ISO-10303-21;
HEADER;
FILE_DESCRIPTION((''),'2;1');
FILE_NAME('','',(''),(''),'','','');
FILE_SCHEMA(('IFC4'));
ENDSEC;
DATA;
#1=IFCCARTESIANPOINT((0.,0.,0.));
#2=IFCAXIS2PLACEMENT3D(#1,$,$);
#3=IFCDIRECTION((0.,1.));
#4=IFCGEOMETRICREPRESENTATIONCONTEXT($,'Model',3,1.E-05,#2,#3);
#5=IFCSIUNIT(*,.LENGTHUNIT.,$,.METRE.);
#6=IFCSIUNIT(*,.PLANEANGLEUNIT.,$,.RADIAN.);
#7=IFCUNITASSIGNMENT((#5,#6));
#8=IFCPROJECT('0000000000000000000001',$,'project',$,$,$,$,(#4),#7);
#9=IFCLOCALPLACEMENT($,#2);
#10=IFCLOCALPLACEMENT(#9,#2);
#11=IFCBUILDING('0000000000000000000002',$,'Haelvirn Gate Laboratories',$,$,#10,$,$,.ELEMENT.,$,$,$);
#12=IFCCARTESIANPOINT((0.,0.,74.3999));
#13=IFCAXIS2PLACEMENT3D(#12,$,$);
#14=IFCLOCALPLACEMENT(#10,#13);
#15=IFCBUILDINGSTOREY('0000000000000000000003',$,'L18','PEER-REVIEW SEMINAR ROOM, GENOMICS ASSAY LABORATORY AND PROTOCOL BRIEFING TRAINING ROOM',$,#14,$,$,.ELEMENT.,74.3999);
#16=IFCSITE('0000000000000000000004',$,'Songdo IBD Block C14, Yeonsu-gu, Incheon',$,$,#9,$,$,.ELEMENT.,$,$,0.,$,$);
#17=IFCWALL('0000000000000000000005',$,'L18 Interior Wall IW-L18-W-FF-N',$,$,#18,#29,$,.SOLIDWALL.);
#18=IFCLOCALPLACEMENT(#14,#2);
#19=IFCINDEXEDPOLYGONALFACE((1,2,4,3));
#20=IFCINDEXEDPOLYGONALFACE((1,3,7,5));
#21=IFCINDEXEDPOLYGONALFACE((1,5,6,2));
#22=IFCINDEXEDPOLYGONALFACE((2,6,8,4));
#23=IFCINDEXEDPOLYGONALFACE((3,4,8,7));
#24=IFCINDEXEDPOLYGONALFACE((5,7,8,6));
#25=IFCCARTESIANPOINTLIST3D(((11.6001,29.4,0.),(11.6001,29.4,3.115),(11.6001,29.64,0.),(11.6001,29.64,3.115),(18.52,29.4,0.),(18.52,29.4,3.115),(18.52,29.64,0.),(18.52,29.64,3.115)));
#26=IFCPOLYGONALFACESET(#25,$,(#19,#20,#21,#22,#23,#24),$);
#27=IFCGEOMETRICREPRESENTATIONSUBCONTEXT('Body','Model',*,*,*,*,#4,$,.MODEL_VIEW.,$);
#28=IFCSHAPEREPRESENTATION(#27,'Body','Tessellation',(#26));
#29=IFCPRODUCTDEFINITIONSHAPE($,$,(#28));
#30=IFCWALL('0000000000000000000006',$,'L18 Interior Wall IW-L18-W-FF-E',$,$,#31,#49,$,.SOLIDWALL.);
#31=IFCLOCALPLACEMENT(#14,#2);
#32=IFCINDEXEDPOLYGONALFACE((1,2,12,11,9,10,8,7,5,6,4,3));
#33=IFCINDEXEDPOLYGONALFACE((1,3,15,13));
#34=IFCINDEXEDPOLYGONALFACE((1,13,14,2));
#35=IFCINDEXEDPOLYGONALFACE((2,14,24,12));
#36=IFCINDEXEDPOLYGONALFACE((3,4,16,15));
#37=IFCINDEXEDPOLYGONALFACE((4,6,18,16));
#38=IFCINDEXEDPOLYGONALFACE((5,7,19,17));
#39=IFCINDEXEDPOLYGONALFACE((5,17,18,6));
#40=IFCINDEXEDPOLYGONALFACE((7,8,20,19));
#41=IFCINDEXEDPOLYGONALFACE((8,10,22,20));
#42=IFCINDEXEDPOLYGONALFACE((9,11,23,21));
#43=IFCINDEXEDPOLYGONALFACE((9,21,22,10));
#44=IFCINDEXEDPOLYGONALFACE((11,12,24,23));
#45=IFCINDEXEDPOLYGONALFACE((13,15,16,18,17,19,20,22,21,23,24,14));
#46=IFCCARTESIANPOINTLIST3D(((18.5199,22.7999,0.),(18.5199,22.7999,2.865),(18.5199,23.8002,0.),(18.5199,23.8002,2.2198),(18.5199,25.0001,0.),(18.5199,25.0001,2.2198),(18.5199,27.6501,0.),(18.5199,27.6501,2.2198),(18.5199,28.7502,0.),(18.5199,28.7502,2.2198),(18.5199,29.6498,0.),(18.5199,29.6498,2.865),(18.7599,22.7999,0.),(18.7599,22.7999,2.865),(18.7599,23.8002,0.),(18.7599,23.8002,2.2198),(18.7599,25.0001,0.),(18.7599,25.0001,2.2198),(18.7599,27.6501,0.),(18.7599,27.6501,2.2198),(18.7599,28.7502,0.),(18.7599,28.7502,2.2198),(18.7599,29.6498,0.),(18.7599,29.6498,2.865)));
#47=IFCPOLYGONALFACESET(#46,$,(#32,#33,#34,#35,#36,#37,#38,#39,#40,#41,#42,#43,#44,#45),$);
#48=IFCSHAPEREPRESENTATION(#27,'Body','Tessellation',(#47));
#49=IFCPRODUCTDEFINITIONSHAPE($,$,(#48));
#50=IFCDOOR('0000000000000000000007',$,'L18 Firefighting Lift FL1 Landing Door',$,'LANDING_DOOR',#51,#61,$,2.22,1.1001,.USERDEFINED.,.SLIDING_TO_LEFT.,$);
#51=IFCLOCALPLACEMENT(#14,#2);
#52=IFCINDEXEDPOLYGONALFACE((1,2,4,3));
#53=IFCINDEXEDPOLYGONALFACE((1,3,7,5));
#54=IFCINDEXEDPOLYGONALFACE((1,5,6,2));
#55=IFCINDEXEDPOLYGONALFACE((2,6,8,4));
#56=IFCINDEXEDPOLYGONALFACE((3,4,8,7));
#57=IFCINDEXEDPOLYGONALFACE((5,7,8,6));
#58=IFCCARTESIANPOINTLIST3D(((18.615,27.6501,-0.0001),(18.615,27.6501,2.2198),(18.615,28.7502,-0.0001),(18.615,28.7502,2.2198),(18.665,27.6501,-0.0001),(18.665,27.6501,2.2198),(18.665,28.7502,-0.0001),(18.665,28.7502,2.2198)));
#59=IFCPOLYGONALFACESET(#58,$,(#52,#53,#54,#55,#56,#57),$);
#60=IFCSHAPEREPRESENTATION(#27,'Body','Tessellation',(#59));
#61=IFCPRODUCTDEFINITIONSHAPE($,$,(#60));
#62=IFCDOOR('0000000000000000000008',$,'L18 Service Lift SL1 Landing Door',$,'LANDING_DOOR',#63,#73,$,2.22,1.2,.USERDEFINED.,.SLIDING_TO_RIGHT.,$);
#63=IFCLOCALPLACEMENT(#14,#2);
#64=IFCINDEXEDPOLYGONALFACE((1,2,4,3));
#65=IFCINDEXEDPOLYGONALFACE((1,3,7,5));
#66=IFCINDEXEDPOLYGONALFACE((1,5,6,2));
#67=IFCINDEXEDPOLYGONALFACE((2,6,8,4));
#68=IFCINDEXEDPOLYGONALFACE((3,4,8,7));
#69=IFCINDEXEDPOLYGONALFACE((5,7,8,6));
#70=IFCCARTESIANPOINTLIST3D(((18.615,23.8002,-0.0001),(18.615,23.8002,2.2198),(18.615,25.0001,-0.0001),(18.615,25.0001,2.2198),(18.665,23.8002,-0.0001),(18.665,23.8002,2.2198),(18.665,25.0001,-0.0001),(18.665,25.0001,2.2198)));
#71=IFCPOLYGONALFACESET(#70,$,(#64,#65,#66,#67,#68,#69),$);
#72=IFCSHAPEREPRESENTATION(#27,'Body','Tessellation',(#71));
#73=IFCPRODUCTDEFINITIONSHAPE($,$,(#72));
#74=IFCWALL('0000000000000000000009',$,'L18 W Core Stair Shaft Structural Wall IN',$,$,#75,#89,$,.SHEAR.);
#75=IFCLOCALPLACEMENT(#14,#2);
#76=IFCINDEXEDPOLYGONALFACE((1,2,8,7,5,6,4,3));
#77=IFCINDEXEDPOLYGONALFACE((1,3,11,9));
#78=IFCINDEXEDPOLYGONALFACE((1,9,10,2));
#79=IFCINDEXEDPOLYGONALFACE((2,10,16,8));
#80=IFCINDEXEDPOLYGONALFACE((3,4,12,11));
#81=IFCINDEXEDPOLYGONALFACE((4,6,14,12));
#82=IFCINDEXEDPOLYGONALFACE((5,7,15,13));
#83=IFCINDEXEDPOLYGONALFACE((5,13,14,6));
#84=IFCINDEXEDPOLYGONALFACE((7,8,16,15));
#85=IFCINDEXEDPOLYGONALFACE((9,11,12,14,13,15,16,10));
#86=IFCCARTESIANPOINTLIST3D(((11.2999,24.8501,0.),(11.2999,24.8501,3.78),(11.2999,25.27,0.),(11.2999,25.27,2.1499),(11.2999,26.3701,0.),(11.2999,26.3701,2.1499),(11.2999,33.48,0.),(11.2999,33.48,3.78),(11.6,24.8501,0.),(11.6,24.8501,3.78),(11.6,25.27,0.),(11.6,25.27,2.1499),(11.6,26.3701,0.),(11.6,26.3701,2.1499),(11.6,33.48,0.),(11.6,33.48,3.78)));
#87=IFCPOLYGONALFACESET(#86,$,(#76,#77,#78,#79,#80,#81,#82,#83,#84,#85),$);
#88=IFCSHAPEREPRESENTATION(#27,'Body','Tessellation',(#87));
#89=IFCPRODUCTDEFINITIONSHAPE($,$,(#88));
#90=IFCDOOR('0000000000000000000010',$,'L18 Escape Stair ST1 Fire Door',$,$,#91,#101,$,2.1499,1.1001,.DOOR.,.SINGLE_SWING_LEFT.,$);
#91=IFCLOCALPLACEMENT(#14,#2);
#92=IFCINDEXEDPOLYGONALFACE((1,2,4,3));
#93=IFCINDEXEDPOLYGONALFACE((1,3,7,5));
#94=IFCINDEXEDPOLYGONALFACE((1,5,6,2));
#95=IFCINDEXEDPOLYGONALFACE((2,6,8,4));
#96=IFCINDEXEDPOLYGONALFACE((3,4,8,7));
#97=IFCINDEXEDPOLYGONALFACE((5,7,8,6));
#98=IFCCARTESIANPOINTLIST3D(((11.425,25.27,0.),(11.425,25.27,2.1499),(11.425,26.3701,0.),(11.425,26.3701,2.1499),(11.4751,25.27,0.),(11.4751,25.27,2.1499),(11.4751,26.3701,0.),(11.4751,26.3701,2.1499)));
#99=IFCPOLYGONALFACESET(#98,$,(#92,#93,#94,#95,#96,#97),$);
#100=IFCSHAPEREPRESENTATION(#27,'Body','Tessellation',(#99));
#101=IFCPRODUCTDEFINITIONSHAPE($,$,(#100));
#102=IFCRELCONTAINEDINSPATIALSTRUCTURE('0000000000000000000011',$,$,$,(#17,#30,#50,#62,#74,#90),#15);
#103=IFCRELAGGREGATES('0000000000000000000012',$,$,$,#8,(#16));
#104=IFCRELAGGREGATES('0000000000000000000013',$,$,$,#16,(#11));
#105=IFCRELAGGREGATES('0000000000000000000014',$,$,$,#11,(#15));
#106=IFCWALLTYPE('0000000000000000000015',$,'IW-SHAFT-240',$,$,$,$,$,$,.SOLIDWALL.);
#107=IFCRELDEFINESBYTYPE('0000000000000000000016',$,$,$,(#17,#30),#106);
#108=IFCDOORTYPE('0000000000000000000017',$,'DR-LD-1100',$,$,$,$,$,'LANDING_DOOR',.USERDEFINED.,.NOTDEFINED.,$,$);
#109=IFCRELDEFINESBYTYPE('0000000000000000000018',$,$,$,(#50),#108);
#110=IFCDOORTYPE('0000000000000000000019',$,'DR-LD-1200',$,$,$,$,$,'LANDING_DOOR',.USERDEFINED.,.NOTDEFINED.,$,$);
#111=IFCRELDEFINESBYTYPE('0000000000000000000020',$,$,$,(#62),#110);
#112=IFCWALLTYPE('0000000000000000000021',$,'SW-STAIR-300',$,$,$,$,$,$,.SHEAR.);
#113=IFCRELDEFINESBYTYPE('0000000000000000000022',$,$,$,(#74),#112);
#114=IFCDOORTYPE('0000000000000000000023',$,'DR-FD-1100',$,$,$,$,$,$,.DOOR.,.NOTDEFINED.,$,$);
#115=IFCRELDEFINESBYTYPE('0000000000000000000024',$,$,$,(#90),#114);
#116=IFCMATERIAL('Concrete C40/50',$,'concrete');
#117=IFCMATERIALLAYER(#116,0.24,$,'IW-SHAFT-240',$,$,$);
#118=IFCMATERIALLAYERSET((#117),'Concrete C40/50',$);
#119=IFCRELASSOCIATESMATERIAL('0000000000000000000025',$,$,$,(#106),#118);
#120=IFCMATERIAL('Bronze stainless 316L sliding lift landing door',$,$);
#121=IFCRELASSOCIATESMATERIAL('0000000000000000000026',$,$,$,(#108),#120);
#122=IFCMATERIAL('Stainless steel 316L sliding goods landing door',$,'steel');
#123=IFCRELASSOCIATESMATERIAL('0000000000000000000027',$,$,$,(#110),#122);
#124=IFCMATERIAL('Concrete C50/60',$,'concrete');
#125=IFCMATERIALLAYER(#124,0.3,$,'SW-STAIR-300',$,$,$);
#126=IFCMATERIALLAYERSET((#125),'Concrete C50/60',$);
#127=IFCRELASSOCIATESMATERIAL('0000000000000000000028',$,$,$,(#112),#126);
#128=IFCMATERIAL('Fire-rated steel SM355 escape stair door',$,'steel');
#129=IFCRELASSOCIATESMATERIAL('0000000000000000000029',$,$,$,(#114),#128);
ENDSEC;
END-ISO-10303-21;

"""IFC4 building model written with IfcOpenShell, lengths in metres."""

from ifc_helpers import new_model, si_unit, direction, frame, frame_2d, origin, place, context, subcontext, project, spatial, rectangle, extrude, source, transform, mapped, material, layer, layer_set, type_object, type_shapes, element, fill, save


model = new_model("IFC4")

# Units and contexts
model_context = context("Model", 3, precision=1e-05, world=origin(), true_north=direction((0.0, 1.0)))
body_context = subcontext(model_context, "Body", "Model", "MODEL_VIEW")
ifc_project = project(units=[si_unit("LENGTHUNIT", "METRE"), si_unit("PLANEANGLEUNIT", "RADIAN")], contexts=[model_context])

# Site, building, storey
site_placement = place(None, origin())
site = spatial("IfcSite", under=ifc_project, at=site_placement, Name="Songdo IBD Block C14, Yeonsu-gu, Incheon", CompositionType="ELEMENT", RefElevation=0.0)
building_placement = place(site_placement, origin())
building = spatial("IfcBuilding", under=site, at=building_placement, Name="Haelvirn Gate Laboratories", CompositionType="ELEMENT")
storey_placement = place(building_placement, frame((0.0, 0.0, 74.3999)))
storey = spatial("IfcBuildingStorey", under=building, at=storey_placement, Name="L18", Description="PEER-REVIEW SEMINAR ROOM, GENOMICS ASSAY LABORATORY AND PROTOCOL BRIEFING TRAINING ROOM", CompositionType="ELEMENT", Elevation=74.3999)

# Shared definitions
ifc_material_1 = material(Name="Concrete C40/50", Category="concrete")

# Shared definitions
ifc_layer_1 = layer(ifc_material_1, 0.24, Name="IW-SHAFT-240")
ifc_layer_set_1 = layer_set([ifc_layer_1], Name="Concrete C40/50")
wall_type_1 = type_object("IfcWallType", Name="IW-SHAFT-240", PredefinedType="SOLIDWALL", material=ifc_layer_set_1)

# Wall
wall_1_placement = place(storey_placement, frame((11.6001, 29.52, 0.0), z_axis=(0.0, 0.0, 1.0), x_axis=(1.0, 0.0, 0.0)))
element("IfcWall", 1, at=wall_1_placement, inside=storey, type_object=wall_type_1, Name="L18 Interior Wall IW-L18-W-FF-N", PredefinedType="SOLIDWALL", context=body_context, shape_type="SweptSolid", body=[
    extrude(rectangle(XDim=6.9199, YDim=0.24, at=frame_2d((3.46, 0.0))), origin(), (0.0, 0.0, 1.0), 3.115),
])

# Wall, openings, doors
wall_2_placement = place(storey_placement, frame((18.6399, 22.8, 0.0), z_axis=(0.0, 0.0, 1.0), x_axis=(0.0, 1.0, 0.0)))
wall_2 = element("IfcWall", 2, at=wall_2_placement, inside=storey, type_object=wall_type_1, Name="L18 Interior Wall IW-L18-W-FF-E", PredefinedType="SOLIDWALL", context=body_context, shape_type="SweptSolid", body=[
    extrude(rectangle(XDim=6.8499, YDim=0.24, at=frame_2d((3.4248, 0.0))), origin(), (0.0, 0.0, 1.0), 2.865),
])
opening_1_placement = place(wall_2_placement, frame((4.8501, 0.0, 0.0)))
opening_1 = element("IfcOpeningElement", 3, at=opening_1_placement, cuts=wall_2, PredefinedType="OPENING", context=body_context, shape_type="SweptSolid", body=[
    extrude(rectangle(XDim=1.1001, YDim=2.22, at=frame_2d((0.55, 1.1099))), frame((0.0, 0.1299, 0.0), z_axis=(0.0, -1.0, 0.0), x_axis=(1.0, 0.0, 0.0)), (0.0, 0.0, 1.0), 0.26),
])
opening_2_placement = place(wall_2_placement, frame((1.0, 0.0, 0.0)))
opening_2 = element("IfcOpeningElement", 4, at=opening_2_placement, cuts=wall_2, PredefinedType="OPENING", context=body_context, shape_type="SweptSolid", body=[
    extrude(rectangle(XDim=1.2, YDim=2.22, at=frame_2d((0.6001, 1.1099))), frame((0.0, 0.1299, 0.0), z_axis=(0.0, -1.0, 0.0), x_axis=(1.0, 0.0, 0.0)), (0.0, 0.0, 1.0), 0.26),
])
ifc_material_2 = material(Name="Bronze stainless 316L sliding lift landing door")
door_type_1 = type_object("IfcDoorType", Name="DR-LD-1100", ElementType="LANDING_DOOR", OperationType="NOTDEFINED", PredefinedType="USERDEFINED", material=ifc_material_2)
shared_shape_1 = source(origin(), body_context, "Body", "SweptSolid", [
    extrude(rectangle(XDim=1.1001, YDim=2.22, at=frame_2d((0.55, 1.1099))), frame((0.0, 0.0249, 0.0), z_axis=(0.0, -1.0, 0.0), x_axis=(1.0, 0.0, 0.0)), (0.0, 0.0, 1.0), 0.05),
])
type_shapes(door_type_1, [shared_shape_1])
door_1_placement = place(opening_1_placement, origin())
door_1 = element("IfcDoor", 5, at=door_1_placement, inside=storey, type_object=door_type_1, Name="L18 Firefighting Lift FL1 Landing Door", ObjectType="LANDING_DOOR", OperationType="SLIDING_TO_LEFT", OverallHeight=2.22, OverallWidth=1.1001, PredefinedType="USERDEFINED", context=body_context, shape_type="MappedRepresentation", body=[
    mapped(shared_shape_1, transform((0.0, 0.0, 0.0), scale=1.0)),
])
fill(opening_1, door_1)
ifc_material_3 = material(Name="Stainless steel 316L sliding goods landing door", Category="steel")
door_type_2 = type_object("IfcDoorType", Name="DR-LD-1200", ElementType="LANDING_DOOR", OperationType="NOTDEFINED", PredefinedType="USERDEFINED", material=ifc_material_3)
shared_shape_2 = source(origin(), body_context, "Body", "SweptSolid", [
    extrude(rectangle(XDim=1.2, YDim=2.22, at=frame_2d((0.6001, 1.1099))), frame((0.0, 0.0249, 0.0), z_axis=(0.0, -1.0, 0.0), x_axis=(1.0, 0.0, 0.0)), (0.0, 0.0, 1.0), 0.05),
])
type_shapes(door_type_2, [shared_shape_2])
door_2_placement = place(opening_2_placement, origin())
door_2 = element("IfcDoor", 6, at=door_2_placement, inside=storey, type_object=door_type_2, Name="L18 Service Lift SL1 Landing Door", ObjectType="LANDING_DOOR", OperationType="SLIDING_TO_RIGHT", OverallHeight=2.22, OverallWidth=1.2, PredefinedType="USERDEFINED", context=body_context, shape_type="MappedRepresentation", body=[
    mapped(shared_shape_2, transform((0.0, 0.0, 0.0), scale=1.0)),
])
fill(opening_2, door_2)

# Wall, opening, door
ifc_material_4 = material(Name="Concrete C50/60", Category="concrete")
ifc_layer_2 = layer(ifc_material_4, 0.3, Name="SW-STAIR-300")
ifc_layer_set_2 = layer_set([ifc_layer_2], Name="Concrete C50/60")
wall_type_2 = type_object("IfcWallType", Name="SW-STAIR-300", PredefinedType="SHEAR", material=ifc_layer_set_2)
wall_3_placement = place(storey_placement, frame((11.45, 24.8501, 0.0), z_axis=(0.0, 0.0, 1.0), x_axis=(0.0, 1.0, 0.0)))
wall_3 = element("IfcWall", 7, at=wall_3_placement, inside=storey, type_object=wall_type_2, Name="L18 W Core Stair Shaft Structural Wall IN", PredefinedType="SHEAR", context=body_context, shape_type="SweptSolid", body=[
    extrude(rectangle(XDim=8.6299, YDim=0.3, at=frame_2d((4.3149, 0.0))), origin(), (0.0, 0.0, 1.0), 3.78),
])
opening_3_placement = place(wall_3_placement, frame((0.4199, 0.0, 0.0)))
opening_3 = element("IfcOpeningElement", 8, at=opening_3_placement, cuts=wall_3, PredefinedType="OPENING", context=body_context, shape_type="SweptSolid", body=[
    extrude(rectangle(XDim=1.1001, YDim=2.1499, at=frame_2d((0.55, 1.075))), frame((0.0, 0.1602, 0.0), z_axis=(0.0, -1.0, 0.0), x_axis=(1.0, 0.0, 0.0)), (0.0, 0.0, 1.0), 0.3201),
])
ifc_material_5 = material(Name="Fire-rated steel SM355 escape stair door", Category="steel")
door_type_3 = type_object("IfcDoorType", Name="DR-FD-1100", OperationType="NOTDEFINED", PredefinedType="DOOR", material=ifc_material_5)
shared_shape_3 = source(origin(), body_context, "Body", "SweptSolid", [
    extrude(rectangle(XDim=1.1001, YDim=2.1499, at=frame_2d((0.55, 1.075))), frame((0.0, 0.0249, 0.0), z_axis=(0.0, -1.0, 0.0), x_axis=(1.0, 0.0, 0.0)), (0.0, 0.0, 1.0), 0.05),
])
type_shapes(door_type_3, [shared_shape_3])
door_3_placement = place(opening_3_placement, origin())
door_3 = element("IfcDoor", 9, at=door_3_placement, inside=storey, type_object=door_type_3, Name="L18 Escape Stair ST1 Fire Door", OperationType="SINGLE_SWING_LEFT", OverallHeight=2.1499, OverallWidth=1.1001, PredefinedType="DOOR", context=body_context, shape_type="MappedRepresentation", body=[
    mapped(shared_shape_3, transform((0.0, 0.0, 0.0), scale=1.0)),
])
fill(opening_3, door_3)

save(model, "model.ifc")
